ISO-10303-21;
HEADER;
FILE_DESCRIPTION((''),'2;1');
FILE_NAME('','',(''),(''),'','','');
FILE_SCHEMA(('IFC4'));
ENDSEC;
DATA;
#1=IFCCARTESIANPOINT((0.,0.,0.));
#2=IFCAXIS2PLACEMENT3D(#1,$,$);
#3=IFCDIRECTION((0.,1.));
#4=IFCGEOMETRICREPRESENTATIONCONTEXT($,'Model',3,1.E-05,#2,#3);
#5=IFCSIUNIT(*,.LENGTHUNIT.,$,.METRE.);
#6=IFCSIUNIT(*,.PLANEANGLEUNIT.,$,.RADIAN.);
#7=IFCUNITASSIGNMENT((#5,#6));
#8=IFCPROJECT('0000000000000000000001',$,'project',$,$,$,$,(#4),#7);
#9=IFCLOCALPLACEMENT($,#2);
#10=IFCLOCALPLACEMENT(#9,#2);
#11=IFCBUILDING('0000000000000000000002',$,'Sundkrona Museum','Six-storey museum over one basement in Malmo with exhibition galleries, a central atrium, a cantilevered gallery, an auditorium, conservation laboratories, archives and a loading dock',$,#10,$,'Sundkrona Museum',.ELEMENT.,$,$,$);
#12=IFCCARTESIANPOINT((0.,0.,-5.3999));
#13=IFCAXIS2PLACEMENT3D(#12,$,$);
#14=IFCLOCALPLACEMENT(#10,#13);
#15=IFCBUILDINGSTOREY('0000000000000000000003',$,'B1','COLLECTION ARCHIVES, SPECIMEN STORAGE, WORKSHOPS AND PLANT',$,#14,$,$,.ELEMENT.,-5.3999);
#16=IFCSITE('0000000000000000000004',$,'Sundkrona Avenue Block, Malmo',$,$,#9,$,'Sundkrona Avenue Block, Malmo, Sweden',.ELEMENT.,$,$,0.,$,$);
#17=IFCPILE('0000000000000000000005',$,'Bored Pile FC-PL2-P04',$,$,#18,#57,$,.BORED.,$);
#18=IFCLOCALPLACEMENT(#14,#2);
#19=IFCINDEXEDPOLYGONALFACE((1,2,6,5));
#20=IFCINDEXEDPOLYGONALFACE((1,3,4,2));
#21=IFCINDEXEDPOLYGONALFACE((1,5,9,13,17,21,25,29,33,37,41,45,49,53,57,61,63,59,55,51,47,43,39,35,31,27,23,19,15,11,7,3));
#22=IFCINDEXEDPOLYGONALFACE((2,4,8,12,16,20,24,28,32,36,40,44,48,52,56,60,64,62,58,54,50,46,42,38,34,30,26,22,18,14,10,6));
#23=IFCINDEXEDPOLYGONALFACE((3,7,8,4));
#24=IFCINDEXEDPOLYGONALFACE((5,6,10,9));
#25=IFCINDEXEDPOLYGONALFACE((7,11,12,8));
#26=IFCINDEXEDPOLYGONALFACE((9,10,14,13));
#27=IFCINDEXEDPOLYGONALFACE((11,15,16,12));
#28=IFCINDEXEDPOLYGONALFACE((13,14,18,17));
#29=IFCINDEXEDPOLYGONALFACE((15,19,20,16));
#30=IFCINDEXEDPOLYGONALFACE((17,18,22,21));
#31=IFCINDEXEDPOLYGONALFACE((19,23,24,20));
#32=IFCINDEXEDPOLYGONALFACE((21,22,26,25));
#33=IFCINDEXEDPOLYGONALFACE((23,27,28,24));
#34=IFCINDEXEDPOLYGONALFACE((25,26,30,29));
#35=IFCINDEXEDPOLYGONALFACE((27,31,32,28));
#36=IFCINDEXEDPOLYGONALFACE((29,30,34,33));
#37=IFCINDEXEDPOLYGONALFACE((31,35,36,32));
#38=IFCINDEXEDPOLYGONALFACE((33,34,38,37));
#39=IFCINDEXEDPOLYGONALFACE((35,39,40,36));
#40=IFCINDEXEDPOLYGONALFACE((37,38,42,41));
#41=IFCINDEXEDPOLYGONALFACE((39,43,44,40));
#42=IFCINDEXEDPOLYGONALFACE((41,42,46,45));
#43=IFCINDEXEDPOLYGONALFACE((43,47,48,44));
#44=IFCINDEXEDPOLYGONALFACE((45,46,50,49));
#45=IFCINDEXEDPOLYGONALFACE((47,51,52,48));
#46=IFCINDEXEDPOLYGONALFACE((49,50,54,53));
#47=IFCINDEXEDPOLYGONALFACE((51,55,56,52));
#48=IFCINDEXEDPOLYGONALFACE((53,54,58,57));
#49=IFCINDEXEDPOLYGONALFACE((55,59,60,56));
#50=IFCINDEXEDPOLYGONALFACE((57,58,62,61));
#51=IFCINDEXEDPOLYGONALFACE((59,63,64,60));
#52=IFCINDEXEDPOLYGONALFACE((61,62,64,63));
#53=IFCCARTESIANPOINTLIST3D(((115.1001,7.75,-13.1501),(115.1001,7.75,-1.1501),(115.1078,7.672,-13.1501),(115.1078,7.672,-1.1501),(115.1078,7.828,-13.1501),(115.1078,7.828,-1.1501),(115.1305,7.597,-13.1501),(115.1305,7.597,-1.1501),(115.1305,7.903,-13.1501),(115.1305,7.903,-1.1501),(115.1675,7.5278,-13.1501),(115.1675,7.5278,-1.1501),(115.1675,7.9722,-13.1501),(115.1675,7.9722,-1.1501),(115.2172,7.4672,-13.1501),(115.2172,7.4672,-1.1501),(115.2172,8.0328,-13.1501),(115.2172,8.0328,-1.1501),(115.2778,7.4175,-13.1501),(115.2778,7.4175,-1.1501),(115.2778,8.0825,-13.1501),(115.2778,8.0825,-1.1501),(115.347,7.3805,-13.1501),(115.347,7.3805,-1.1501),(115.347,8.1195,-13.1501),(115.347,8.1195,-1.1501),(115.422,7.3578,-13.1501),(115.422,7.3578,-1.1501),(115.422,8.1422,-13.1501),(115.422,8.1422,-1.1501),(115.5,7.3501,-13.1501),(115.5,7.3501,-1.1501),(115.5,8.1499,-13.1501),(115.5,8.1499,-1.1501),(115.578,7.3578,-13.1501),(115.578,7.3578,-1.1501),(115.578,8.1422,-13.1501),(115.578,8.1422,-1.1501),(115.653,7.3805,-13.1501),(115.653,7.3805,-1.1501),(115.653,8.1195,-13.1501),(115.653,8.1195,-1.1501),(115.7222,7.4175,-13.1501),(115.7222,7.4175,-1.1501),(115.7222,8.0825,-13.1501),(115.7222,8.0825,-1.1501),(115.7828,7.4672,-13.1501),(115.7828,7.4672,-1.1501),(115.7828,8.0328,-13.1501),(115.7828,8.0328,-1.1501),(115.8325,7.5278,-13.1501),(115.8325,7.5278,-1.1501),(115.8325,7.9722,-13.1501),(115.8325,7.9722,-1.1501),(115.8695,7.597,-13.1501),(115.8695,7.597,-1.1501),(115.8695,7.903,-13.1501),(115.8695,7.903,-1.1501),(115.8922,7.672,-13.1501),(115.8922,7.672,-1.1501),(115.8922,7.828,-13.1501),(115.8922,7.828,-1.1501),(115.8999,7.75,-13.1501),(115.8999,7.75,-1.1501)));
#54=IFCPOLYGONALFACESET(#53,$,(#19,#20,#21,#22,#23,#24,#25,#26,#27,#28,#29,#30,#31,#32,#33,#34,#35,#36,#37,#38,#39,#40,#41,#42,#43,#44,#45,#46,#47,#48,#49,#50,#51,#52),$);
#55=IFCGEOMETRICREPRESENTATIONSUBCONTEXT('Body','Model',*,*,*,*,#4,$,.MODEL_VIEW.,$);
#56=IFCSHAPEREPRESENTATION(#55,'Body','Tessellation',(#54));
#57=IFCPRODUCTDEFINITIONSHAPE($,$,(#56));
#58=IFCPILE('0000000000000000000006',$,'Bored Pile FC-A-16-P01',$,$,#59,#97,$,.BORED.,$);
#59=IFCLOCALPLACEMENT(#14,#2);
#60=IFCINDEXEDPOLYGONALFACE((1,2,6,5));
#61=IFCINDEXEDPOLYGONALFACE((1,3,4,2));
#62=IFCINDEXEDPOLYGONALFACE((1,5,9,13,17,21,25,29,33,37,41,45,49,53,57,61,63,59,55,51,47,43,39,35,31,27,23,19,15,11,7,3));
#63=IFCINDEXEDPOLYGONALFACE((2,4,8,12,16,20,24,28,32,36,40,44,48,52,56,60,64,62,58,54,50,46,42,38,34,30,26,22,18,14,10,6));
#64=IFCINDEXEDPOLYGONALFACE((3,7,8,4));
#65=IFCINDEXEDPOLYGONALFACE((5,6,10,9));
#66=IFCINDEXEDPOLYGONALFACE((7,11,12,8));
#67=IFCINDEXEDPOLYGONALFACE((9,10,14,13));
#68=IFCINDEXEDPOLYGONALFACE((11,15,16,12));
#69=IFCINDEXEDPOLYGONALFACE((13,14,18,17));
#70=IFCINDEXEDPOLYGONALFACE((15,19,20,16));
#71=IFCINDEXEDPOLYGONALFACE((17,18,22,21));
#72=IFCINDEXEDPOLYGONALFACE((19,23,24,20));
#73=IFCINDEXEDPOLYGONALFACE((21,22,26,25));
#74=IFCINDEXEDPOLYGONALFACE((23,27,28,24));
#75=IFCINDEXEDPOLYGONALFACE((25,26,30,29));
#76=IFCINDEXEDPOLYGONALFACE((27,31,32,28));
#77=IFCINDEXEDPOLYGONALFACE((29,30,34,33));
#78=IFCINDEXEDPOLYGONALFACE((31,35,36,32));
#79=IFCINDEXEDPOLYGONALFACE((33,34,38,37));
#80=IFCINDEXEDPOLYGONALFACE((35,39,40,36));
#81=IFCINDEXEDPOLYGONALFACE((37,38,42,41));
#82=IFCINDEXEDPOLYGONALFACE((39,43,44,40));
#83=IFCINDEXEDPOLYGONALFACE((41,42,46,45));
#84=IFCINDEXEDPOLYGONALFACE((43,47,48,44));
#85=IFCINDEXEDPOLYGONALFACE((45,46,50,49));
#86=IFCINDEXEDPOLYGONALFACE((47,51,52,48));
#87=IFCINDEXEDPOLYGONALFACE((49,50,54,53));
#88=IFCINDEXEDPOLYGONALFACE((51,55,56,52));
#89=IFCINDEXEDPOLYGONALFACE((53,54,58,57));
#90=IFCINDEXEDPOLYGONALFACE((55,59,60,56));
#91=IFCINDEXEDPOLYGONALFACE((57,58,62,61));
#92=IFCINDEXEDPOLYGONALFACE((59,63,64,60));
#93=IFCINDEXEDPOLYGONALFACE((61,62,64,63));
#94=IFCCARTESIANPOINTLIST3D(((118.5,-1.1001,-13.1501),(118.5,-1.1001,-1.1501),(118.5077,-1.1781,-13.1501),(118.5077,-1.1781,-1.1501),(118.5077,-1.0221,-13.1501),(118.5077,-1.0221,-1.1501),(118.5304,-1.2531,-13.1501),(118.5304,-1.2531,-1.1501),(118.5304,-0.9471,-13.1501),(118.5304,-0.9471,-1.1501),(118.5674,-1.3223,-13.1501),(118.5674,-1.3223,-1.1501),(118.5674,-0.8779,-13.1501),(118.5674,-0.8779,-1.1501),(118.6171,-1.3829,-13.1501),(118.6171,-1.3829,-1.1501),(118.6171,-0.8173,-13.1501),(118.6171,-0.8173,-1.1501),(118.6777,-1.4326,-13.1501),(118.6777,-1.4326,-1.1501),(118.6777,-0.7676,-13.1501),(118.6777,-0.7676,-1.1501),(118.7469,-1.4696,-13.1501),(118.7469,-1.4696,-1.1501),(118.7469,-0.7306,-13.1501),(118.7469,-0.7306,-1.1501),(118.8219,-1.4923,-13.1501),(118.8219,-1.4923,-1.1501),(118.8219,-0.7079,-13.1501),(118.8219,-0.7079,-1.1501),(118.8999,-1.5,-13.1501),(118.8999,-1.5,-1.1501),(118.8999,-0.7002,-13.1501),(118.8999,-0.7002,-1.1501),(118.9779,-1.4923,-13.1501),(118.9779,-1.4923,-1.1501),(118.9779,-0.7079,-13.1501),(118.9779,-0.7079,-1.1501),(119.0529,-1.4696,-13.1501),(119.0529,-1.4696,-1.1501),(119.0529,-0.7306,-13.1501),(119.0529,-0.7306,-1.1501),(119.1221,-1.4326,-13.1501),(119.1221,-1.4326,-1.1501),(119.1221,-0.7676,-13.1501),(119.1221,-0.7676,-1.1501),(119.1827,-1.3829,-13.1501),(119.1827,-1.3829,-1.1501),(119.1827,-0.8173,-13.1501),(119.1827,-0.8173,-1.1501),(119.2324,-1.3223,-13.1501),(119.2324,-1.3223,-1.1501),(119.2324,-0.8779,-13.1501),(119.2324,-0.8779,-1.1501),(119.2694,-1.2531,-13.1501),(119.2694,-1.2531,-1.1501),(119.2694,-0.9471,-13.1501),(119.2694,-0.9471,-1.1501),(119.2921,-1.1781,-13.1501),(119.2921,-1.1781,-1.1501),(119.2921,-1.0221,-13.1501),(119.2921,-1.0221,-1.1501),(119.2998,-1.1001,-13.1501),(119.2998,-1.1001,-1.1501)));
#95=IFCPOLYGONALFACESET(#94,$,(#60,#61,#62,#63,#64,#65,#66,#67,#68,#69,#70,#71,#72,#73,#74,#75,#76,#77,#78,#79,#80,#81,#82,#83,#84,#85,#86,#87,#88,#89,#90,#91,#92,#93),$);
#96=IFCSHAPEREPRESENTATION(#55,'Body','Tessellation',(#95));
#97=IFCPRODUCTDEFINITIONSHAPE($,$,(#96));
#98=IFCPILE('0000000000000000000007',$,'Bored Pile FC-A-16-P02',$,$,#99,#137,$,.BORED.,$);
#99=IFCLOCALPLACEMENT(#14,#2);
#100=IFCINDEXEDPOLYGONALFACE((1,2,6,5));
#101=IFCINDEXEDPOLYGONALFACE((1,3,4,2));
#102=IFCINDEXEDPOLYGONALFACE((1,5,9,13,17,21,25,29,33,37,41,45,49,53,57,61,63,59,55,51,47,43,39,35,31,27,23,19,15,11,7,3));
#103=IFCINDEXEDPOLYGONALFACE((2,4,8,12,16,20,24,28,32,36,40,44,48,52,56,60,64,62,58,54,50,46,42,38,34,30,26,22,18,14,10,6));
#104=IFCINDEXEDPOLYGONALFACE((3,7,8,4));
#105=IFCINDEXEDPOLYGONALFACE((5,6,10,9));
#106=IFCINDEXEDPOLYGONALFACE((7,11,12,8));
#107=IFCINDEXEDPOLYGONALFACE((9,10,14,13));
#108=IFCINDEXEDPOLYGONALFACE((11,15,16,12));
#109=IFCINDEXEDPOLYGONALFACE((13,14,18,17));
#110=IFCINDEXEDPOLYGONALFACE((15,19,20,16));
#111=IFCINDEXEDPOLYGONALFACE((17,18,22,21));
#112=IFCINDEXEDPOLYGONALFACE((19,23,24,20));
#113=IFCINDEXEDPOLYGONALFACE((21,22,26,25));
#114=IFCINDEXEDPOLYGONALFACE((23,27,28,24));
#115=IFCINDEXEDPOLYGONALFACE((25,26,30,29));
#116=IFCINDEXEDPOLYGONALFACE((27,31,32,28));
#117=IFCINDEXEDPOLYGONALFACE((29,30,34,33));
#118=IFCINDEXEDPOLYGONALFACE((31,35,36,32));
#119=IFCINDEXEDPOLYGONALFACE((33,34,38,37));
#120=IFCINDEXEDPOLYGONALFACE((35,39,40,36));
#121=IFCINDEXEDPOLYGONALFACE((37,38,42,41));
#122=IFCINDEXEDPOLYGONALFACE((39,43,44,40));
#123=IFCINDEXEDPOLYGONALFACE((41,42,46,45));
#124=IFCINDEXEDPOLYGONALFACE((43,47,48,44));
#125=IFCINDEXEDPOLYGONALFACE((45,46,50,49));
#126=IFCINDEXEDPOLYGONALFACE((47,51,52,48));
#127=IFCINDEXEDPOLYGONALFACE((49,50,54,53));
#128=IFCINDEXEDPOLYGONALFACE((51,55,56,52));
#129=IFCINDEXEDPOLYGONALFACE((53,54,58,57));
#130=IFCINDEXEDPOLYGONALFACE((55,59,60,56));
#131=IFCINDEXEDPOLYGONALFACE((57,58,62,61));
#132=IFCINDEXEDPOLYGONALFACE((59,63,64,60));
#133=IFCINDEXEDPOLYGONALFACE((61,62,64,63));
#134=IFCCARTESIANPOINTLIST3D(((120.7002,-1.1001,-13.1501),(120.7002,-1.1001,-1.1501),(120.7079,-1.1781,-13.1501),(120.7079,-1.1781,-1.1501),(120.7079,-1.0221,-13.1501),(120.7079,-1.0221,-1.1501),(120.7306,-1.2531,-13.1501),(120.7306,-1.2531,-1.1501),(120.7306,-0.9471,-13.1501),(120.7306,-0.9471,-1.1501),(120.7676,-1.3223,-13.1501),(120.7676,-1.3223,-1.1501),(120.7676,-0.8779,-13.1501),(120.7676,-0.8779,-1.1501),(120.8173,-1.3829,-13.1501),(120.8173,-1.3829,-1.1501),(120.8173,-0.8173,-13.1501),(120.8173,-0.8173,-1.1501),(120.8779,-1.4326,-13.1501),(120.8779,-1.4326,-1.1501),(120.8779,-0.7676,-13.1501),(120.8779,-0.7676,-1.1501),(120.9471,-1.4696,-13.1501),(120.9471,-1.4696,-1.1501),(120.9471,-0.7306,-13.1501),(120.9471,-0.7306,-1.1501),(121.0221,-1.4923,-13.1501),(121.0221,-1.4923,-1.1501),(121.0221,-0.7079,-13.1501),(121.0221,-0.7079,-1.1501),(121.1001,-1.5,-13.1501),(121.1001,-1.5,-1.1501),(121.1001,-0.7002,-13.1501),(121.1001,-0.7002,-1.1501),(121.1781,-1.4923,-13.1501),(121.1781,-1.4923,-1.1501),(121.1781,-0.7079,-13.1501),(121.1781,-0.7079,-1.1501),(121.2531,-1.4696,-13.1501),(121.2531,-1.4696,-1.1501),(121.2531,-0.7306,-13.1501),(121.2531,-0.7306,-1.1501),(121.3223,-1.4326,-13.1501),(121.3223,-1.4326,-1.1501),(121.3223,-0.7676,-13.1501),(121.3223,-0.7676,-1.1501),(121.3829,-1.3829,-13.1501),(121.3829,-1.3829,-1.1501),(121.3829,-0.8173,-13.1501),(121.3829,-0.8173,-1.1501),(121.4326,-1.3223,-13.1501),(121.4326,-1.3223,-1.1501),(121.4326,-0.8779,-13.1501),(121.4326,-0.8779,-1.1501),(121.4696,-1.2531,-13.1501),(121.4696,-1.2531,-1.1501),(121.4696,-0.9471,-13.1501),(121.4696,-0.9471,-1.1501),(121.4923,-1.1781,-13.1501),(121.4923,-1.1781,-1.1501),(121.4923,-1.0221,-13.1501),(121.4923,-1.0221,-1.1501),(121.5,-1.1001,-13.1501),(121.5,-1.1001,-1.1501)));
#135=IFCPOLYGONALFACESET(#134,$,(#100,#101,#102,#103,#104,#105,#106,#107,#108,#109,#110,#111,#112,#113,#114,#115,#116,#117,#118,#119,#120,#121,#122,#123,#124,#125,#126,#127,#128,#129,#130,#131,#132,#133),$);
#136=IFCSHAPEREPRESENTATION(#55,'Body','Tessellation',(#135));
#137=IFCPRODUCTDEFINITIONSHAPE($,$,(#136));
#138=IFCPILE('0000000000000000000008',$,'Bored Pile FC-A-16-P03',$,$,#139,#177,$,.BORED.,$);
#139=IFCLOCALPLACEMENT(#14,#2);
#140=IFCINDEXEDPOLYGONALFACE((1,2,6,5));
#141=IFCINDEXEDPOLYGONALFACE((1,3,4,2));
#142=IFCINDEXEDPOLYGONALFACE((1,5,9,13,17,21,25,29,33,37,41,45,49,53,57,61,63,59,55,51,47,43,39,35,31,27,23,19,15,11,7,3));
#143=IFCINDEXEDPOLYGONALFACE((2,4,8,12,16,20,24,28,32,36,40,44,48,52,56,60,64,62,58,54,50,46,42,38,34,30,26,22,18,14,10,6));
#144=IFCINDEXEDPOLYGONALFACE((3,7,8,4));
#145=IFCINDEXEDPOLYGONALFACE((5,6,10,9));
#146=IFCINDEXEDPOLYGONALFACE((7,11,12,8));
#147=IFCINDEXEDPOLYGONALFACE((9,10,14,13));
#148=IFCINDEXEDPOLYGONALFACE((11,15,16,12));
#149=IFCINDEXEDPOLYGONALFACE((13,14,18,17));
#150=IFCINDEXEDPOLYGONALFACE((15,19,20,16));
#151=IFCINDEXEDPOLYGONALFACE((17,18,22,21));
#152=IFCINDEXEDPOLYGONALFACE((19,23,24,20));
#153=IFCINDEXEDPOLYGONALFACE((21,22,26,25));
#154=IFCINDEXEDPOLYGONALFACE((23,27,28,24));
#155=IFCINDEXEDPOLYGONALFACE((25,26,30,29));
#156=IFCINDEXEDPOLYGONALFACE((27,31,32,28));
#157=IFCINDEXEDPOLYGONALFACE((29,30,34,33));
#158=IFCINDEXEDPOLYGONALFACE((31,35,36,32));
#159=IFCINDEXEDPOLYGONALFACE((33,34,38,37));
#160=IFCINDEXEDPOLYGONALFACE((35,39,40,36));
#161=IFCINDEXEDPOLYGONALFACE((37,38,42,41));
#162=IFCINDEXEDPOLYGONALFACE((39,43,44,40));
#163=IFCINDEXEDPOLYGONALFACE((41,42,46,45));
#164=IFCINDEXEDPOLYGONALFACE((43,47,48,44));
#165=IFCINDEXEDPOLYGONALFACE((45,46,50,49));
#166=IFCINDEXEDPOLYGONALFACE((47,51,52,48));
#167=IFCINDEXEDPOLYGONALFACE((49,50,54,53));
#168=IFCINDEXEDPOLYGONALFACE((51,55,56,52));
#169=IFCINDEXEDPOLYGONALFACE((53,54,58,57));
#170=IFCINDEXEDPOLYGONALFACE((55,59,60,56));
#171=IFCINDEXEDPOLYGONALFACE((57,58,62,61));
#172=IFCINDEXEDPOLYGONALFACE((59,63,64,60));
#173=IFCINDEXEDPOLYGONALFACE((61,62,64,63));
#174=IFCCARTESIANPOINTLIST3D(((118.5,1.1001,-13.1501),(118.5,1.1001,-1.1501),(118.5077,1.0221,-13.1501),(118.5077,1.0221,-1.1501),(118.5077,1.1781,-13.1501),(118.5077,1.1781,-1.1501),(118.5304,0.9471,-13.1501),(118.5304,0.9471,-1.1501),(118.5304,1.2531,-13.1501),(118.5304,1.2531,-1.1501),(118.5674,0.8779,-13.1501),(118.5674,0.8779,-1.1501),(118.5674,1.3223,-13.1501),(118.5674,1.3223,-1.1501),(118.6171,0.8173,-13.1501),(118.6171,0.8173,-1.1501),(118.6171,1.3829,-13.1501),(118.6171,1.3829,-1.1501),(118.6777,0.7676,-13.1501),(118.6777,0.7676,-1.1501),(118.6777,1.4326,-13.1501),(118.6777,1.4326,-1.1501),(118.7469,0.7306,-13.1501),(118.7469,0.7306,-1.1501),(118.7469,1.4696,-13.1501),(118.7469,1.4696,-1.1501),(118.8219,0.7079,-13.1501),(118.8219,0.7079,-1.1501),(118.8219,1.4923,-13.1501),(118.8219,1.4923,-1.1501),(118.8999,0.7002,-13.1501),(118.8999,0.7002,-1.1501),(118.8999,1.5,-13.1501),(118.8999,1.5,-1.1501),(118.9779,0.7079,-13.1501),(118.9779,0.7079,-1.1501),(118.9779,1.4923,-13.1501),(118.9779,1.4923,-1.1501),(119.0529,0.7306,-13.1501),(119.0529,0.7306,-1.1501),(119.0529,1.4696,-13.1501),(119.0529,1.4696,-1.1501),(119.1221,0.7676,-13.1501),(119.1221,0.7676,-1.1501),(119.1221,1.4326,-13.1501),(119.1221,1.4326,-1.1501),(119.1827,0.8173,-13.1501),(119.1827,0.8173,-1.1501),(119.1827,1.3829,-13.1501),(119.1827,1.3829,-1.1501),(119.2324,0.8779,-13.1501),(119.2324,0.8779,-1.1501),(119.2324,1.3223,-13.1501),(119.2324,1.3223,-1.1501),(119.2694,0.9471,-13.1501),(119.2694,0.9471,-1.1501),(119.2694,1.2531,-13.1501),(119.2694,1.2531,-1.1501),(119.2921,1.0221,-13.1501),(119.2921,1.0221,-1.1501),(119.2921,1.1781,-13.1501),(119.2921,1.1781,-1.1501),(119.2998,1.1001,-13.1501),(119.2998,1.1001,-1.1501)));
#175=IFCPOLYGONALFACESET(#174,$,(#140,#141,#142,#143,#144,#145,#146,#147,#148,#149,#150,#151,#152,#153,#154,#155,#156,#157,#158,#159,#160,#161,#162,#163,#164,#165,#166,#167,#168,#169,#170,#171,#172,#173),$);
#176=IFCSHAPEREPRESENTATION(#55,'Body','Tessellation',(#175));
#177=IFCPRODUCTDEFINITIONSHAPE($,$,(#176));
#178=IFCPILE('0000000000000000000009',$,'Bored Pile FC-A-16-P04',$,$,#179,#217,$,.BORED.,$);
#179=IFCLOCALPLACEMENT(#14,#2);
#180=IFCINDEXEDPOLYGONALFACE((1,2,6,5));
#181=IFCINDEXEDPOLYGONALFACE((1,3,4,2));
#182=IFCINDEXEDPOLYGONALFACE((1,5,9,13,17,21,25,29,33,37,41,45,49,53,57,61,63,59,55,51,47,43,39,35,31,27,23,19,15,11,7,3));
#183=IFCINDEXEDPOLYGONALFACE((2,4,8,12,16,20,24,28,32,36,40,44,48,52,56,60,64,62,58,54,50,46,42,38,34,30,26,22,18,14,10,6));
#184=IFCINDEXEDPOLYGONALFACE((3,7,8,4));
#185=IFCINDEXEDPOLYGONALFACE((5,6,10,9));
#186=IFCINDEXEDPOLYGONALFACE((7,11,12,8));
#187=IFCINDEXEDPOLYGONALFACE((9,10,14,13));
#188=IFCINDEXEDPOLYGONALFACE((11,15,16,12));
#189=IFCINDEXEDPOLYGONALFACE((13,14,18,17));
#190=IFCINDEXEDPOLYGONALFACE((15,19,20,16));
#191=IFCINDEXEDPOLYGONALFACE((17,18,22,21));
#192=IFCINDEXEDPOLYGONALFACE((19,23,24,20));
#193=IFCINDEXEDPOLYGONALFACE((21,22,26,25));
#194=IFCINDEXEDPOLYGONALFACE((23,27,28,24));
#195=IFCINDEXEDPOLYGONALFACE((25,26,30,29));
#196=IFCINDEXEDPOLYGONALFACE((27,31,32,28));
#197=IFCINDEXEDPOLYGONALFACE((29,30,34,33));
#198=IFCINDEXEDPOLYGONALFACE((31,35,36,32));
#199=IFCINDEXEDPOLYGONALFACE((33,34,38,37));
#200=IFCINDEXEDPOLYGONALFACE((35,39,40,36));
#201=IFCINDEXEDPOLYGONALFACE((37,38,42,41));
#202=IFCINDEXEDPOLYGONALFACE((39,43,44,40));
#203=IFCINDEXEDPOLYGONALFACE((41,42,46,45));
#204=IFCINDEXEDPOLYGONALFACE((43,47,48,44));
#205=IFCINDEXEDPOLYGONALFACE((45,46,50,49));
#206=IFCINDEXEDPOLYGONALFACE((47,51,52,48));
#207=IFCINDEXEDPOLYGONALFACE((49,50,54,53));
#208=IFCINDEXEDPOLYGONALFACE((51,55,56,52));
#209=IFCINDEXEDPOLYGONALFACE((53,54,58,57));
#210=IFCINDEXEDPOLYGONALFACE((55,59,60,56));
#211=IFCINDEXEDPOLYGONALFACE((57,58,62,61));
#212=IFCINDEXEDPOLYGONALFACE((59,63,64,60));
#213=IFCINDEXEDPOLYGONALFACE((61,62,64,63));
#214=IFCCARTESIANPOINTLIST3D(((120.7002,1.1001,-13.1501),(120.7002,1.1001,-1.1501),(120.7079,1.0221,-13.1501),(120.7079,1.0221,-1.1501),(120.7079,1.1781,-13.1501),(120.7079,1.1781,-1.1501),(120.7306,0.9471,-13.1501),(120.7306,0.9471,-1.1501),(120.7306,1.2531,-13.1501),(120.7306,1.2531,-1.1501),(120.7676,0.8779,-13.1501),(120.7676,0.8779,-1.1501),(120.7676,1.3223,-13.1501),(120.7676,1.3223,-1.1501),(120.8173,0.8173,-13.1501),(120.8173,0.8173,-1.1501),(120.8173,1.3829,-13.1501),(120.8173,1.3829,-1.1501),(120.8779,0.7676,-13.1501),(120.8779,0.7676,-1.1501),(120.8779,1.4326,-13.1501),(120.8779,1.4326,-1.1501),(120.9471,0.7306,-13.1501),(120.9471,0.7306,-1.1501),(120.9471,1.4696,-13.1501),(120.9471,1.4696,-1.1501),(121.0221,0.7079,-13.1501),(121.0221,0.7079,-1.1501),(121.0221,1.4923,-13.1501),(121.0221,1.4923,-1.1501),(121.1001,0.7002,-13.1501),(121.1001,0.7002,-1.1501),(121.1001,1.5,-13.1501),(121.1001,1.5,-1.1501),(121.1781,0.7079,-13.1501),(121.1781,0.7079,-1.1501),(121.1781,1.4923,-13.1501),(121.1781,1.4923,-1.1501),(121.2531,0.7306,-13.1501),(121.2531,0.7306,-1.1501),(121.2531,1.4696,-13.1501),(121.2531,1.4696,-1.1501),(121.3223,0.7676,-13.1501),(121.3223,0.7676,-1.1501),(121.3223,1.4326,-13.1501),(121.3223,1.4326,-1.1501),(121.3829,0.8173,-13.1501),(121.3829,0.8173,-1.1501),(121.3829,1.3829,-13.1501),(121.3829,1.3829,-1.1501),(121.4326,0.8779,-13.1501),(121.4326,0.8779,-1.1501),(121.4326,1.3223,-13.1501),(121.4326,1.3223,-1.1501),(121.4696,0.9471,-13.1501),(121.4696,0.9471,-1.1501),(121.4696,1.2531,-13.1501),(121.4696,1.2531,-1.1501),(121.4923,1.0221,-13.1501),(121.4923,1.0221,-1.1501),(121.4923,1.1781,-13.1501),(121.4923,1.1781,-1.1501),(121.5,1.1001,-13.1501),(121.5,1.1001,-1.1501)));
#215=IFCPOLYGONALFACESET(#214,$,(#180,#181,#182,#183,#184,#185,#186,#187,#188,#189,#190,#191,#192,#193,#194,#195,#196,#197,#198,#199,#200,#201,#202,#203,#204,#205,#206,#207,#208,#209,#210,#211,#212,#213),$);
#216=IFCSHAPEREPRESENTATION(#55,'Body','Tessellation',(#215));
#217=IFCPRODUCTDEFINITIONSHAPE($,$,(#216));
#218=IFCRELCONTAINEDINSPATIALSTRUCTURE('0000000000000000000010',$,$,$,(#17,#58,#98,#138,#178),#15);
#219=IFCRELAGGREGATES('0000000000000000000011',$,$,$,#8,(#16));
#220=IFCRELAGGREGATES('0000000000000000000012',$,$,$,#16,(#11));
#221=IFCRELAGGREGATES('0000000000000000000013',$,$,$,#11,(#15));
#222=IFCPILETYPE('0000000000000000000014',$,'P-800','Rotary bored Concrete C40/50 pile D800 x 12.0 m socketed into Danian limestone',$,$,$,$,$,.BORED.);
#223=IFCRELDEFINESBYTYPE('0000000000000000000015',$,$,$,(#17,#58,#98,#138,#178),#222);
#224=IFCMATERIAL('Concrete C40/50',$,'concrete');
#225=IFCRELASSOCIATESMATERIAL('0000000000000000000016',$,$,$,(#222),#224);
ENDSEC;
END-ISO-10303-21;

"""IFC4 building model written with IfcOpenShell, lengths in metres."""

from ifc_helpers import new_model, si_unit, direction, frame, origin, origin_2d, place, context, subcontext, project, spatial, circle, extrude, material, material_profile, profile_set, type_object, element, save


model = new_model("IFC4")

# Units and contexts
model_context = context("Model", 3, precision=1e-05, world=origin(), true_north=direction((0.0, 1.0)))
body_context = subcontext(model_context, "Body", "Model", "MODEL_VIEW")
ifc_project = project(units=[si_unit("LENGTHUNIT", "METRE"), si_unit("PLANEANGLEUNIT", "RADIAN")], contexts=[model_context])

# Site, building, storey
site_placement = place(None, origin())
site = spatial("IfcSite", under=ifc_project, at=site_placement, Name="Sundkrona Avenue Block, Malmo", LongName="Sundkrona Avenue Block, Malmo, Sweden", CompositionType="ELEMENT", RefElevation=0.0)
building_placement = place(site_placement, origin())
building = spatial("IfcBuilding", under=site, at=building_placement, Name="Sundkrona Museum", Description="Six-storey museum over one basement in Malmo with exhibition galleries, a central atrium, a cantilevered gallery, an auditorium, conservation laboratories, archives and a loading dock", LongName="Sundkrona Museum", CompositionType="ELEMENT")
storey_placement = place(building_placement, frame((0.0, 0.0, -5.3999)))
storey = spatial("IfcBuildingStorey", under=building, at=storey_placement, Name="B1", Description="COLLECTION ARCHIVES, SPECIMEN STORAGE, WORKSHOPS AND PLANT", CompositionType="ELEMENT", Elevation=-5.3999)

# Shared definitions
ifc_material_1 = material(Name="Concrete C40/50", Category="concrete")

# Piles
ifc_material_profile_1 = material_profile(ifc_material_1, circle(Radius=0.3999, at=origin_2d()), Name="PILE D800")
ifc_profile_set_1 = profile_set([ifc_material_profile_1], Name="Concrete C40/50")
pile_type_1 = type_object("IfcPileType", Name="P-800", Description="Rotary bored Concrete C40/50 pile D800 x 12.0 m socketed into Danian limestone", PredefinedType="BORED", material=ifc_profile_set_1)
for number, where, z_axis, x_axis, name in (
    (1, (115.5, 7.75, -1.1501), (0.0, 0.0, -1.0), (1.0, 0.0, 0.0), "Bored Pile FC-PL2-P04"),
    (2, (118.8999, -1.1001, -1.1501), (0.0, 0.0, -1.0), (1.0, 0.0, 0.0), "Bored Pile FC-A-16-P01"),
    (3, (121.1001, -1.1001, -1.1501), (0.0, 0.0, -1.0), (1.0, 0.0, 0.0), "Bored Pile FC-A-16-P02"),
    (4, (118.8999, 1.1001, -1.1501), (0.0, 0.0, -1.0), (1.0, 0.0, 0.0), "Bored Pile FC-A-16-P03"),
    (5, (121.1001, 1.1001, -1.1501), (0.0, 0.0, -1.0), (1.0, 0.0, 0.0), "Bored Pile FC-A-16-P04"),
):
    element("IfcPile", number, at=place(storey_placement, frame(where, z_axis=z_axis, x_axis=x_axis)), inside=storey, type_object=pile_type_1, Name=name, PredefinedType="BORED", context=body_context, shape_type="SweptSolid", body=[
        extrude(circle(Radius=0.3999, at=origin_2d()), origin(), (0.0, 0.0, 1.0), 12.0),
    ])

save(model, "model.ifc")
